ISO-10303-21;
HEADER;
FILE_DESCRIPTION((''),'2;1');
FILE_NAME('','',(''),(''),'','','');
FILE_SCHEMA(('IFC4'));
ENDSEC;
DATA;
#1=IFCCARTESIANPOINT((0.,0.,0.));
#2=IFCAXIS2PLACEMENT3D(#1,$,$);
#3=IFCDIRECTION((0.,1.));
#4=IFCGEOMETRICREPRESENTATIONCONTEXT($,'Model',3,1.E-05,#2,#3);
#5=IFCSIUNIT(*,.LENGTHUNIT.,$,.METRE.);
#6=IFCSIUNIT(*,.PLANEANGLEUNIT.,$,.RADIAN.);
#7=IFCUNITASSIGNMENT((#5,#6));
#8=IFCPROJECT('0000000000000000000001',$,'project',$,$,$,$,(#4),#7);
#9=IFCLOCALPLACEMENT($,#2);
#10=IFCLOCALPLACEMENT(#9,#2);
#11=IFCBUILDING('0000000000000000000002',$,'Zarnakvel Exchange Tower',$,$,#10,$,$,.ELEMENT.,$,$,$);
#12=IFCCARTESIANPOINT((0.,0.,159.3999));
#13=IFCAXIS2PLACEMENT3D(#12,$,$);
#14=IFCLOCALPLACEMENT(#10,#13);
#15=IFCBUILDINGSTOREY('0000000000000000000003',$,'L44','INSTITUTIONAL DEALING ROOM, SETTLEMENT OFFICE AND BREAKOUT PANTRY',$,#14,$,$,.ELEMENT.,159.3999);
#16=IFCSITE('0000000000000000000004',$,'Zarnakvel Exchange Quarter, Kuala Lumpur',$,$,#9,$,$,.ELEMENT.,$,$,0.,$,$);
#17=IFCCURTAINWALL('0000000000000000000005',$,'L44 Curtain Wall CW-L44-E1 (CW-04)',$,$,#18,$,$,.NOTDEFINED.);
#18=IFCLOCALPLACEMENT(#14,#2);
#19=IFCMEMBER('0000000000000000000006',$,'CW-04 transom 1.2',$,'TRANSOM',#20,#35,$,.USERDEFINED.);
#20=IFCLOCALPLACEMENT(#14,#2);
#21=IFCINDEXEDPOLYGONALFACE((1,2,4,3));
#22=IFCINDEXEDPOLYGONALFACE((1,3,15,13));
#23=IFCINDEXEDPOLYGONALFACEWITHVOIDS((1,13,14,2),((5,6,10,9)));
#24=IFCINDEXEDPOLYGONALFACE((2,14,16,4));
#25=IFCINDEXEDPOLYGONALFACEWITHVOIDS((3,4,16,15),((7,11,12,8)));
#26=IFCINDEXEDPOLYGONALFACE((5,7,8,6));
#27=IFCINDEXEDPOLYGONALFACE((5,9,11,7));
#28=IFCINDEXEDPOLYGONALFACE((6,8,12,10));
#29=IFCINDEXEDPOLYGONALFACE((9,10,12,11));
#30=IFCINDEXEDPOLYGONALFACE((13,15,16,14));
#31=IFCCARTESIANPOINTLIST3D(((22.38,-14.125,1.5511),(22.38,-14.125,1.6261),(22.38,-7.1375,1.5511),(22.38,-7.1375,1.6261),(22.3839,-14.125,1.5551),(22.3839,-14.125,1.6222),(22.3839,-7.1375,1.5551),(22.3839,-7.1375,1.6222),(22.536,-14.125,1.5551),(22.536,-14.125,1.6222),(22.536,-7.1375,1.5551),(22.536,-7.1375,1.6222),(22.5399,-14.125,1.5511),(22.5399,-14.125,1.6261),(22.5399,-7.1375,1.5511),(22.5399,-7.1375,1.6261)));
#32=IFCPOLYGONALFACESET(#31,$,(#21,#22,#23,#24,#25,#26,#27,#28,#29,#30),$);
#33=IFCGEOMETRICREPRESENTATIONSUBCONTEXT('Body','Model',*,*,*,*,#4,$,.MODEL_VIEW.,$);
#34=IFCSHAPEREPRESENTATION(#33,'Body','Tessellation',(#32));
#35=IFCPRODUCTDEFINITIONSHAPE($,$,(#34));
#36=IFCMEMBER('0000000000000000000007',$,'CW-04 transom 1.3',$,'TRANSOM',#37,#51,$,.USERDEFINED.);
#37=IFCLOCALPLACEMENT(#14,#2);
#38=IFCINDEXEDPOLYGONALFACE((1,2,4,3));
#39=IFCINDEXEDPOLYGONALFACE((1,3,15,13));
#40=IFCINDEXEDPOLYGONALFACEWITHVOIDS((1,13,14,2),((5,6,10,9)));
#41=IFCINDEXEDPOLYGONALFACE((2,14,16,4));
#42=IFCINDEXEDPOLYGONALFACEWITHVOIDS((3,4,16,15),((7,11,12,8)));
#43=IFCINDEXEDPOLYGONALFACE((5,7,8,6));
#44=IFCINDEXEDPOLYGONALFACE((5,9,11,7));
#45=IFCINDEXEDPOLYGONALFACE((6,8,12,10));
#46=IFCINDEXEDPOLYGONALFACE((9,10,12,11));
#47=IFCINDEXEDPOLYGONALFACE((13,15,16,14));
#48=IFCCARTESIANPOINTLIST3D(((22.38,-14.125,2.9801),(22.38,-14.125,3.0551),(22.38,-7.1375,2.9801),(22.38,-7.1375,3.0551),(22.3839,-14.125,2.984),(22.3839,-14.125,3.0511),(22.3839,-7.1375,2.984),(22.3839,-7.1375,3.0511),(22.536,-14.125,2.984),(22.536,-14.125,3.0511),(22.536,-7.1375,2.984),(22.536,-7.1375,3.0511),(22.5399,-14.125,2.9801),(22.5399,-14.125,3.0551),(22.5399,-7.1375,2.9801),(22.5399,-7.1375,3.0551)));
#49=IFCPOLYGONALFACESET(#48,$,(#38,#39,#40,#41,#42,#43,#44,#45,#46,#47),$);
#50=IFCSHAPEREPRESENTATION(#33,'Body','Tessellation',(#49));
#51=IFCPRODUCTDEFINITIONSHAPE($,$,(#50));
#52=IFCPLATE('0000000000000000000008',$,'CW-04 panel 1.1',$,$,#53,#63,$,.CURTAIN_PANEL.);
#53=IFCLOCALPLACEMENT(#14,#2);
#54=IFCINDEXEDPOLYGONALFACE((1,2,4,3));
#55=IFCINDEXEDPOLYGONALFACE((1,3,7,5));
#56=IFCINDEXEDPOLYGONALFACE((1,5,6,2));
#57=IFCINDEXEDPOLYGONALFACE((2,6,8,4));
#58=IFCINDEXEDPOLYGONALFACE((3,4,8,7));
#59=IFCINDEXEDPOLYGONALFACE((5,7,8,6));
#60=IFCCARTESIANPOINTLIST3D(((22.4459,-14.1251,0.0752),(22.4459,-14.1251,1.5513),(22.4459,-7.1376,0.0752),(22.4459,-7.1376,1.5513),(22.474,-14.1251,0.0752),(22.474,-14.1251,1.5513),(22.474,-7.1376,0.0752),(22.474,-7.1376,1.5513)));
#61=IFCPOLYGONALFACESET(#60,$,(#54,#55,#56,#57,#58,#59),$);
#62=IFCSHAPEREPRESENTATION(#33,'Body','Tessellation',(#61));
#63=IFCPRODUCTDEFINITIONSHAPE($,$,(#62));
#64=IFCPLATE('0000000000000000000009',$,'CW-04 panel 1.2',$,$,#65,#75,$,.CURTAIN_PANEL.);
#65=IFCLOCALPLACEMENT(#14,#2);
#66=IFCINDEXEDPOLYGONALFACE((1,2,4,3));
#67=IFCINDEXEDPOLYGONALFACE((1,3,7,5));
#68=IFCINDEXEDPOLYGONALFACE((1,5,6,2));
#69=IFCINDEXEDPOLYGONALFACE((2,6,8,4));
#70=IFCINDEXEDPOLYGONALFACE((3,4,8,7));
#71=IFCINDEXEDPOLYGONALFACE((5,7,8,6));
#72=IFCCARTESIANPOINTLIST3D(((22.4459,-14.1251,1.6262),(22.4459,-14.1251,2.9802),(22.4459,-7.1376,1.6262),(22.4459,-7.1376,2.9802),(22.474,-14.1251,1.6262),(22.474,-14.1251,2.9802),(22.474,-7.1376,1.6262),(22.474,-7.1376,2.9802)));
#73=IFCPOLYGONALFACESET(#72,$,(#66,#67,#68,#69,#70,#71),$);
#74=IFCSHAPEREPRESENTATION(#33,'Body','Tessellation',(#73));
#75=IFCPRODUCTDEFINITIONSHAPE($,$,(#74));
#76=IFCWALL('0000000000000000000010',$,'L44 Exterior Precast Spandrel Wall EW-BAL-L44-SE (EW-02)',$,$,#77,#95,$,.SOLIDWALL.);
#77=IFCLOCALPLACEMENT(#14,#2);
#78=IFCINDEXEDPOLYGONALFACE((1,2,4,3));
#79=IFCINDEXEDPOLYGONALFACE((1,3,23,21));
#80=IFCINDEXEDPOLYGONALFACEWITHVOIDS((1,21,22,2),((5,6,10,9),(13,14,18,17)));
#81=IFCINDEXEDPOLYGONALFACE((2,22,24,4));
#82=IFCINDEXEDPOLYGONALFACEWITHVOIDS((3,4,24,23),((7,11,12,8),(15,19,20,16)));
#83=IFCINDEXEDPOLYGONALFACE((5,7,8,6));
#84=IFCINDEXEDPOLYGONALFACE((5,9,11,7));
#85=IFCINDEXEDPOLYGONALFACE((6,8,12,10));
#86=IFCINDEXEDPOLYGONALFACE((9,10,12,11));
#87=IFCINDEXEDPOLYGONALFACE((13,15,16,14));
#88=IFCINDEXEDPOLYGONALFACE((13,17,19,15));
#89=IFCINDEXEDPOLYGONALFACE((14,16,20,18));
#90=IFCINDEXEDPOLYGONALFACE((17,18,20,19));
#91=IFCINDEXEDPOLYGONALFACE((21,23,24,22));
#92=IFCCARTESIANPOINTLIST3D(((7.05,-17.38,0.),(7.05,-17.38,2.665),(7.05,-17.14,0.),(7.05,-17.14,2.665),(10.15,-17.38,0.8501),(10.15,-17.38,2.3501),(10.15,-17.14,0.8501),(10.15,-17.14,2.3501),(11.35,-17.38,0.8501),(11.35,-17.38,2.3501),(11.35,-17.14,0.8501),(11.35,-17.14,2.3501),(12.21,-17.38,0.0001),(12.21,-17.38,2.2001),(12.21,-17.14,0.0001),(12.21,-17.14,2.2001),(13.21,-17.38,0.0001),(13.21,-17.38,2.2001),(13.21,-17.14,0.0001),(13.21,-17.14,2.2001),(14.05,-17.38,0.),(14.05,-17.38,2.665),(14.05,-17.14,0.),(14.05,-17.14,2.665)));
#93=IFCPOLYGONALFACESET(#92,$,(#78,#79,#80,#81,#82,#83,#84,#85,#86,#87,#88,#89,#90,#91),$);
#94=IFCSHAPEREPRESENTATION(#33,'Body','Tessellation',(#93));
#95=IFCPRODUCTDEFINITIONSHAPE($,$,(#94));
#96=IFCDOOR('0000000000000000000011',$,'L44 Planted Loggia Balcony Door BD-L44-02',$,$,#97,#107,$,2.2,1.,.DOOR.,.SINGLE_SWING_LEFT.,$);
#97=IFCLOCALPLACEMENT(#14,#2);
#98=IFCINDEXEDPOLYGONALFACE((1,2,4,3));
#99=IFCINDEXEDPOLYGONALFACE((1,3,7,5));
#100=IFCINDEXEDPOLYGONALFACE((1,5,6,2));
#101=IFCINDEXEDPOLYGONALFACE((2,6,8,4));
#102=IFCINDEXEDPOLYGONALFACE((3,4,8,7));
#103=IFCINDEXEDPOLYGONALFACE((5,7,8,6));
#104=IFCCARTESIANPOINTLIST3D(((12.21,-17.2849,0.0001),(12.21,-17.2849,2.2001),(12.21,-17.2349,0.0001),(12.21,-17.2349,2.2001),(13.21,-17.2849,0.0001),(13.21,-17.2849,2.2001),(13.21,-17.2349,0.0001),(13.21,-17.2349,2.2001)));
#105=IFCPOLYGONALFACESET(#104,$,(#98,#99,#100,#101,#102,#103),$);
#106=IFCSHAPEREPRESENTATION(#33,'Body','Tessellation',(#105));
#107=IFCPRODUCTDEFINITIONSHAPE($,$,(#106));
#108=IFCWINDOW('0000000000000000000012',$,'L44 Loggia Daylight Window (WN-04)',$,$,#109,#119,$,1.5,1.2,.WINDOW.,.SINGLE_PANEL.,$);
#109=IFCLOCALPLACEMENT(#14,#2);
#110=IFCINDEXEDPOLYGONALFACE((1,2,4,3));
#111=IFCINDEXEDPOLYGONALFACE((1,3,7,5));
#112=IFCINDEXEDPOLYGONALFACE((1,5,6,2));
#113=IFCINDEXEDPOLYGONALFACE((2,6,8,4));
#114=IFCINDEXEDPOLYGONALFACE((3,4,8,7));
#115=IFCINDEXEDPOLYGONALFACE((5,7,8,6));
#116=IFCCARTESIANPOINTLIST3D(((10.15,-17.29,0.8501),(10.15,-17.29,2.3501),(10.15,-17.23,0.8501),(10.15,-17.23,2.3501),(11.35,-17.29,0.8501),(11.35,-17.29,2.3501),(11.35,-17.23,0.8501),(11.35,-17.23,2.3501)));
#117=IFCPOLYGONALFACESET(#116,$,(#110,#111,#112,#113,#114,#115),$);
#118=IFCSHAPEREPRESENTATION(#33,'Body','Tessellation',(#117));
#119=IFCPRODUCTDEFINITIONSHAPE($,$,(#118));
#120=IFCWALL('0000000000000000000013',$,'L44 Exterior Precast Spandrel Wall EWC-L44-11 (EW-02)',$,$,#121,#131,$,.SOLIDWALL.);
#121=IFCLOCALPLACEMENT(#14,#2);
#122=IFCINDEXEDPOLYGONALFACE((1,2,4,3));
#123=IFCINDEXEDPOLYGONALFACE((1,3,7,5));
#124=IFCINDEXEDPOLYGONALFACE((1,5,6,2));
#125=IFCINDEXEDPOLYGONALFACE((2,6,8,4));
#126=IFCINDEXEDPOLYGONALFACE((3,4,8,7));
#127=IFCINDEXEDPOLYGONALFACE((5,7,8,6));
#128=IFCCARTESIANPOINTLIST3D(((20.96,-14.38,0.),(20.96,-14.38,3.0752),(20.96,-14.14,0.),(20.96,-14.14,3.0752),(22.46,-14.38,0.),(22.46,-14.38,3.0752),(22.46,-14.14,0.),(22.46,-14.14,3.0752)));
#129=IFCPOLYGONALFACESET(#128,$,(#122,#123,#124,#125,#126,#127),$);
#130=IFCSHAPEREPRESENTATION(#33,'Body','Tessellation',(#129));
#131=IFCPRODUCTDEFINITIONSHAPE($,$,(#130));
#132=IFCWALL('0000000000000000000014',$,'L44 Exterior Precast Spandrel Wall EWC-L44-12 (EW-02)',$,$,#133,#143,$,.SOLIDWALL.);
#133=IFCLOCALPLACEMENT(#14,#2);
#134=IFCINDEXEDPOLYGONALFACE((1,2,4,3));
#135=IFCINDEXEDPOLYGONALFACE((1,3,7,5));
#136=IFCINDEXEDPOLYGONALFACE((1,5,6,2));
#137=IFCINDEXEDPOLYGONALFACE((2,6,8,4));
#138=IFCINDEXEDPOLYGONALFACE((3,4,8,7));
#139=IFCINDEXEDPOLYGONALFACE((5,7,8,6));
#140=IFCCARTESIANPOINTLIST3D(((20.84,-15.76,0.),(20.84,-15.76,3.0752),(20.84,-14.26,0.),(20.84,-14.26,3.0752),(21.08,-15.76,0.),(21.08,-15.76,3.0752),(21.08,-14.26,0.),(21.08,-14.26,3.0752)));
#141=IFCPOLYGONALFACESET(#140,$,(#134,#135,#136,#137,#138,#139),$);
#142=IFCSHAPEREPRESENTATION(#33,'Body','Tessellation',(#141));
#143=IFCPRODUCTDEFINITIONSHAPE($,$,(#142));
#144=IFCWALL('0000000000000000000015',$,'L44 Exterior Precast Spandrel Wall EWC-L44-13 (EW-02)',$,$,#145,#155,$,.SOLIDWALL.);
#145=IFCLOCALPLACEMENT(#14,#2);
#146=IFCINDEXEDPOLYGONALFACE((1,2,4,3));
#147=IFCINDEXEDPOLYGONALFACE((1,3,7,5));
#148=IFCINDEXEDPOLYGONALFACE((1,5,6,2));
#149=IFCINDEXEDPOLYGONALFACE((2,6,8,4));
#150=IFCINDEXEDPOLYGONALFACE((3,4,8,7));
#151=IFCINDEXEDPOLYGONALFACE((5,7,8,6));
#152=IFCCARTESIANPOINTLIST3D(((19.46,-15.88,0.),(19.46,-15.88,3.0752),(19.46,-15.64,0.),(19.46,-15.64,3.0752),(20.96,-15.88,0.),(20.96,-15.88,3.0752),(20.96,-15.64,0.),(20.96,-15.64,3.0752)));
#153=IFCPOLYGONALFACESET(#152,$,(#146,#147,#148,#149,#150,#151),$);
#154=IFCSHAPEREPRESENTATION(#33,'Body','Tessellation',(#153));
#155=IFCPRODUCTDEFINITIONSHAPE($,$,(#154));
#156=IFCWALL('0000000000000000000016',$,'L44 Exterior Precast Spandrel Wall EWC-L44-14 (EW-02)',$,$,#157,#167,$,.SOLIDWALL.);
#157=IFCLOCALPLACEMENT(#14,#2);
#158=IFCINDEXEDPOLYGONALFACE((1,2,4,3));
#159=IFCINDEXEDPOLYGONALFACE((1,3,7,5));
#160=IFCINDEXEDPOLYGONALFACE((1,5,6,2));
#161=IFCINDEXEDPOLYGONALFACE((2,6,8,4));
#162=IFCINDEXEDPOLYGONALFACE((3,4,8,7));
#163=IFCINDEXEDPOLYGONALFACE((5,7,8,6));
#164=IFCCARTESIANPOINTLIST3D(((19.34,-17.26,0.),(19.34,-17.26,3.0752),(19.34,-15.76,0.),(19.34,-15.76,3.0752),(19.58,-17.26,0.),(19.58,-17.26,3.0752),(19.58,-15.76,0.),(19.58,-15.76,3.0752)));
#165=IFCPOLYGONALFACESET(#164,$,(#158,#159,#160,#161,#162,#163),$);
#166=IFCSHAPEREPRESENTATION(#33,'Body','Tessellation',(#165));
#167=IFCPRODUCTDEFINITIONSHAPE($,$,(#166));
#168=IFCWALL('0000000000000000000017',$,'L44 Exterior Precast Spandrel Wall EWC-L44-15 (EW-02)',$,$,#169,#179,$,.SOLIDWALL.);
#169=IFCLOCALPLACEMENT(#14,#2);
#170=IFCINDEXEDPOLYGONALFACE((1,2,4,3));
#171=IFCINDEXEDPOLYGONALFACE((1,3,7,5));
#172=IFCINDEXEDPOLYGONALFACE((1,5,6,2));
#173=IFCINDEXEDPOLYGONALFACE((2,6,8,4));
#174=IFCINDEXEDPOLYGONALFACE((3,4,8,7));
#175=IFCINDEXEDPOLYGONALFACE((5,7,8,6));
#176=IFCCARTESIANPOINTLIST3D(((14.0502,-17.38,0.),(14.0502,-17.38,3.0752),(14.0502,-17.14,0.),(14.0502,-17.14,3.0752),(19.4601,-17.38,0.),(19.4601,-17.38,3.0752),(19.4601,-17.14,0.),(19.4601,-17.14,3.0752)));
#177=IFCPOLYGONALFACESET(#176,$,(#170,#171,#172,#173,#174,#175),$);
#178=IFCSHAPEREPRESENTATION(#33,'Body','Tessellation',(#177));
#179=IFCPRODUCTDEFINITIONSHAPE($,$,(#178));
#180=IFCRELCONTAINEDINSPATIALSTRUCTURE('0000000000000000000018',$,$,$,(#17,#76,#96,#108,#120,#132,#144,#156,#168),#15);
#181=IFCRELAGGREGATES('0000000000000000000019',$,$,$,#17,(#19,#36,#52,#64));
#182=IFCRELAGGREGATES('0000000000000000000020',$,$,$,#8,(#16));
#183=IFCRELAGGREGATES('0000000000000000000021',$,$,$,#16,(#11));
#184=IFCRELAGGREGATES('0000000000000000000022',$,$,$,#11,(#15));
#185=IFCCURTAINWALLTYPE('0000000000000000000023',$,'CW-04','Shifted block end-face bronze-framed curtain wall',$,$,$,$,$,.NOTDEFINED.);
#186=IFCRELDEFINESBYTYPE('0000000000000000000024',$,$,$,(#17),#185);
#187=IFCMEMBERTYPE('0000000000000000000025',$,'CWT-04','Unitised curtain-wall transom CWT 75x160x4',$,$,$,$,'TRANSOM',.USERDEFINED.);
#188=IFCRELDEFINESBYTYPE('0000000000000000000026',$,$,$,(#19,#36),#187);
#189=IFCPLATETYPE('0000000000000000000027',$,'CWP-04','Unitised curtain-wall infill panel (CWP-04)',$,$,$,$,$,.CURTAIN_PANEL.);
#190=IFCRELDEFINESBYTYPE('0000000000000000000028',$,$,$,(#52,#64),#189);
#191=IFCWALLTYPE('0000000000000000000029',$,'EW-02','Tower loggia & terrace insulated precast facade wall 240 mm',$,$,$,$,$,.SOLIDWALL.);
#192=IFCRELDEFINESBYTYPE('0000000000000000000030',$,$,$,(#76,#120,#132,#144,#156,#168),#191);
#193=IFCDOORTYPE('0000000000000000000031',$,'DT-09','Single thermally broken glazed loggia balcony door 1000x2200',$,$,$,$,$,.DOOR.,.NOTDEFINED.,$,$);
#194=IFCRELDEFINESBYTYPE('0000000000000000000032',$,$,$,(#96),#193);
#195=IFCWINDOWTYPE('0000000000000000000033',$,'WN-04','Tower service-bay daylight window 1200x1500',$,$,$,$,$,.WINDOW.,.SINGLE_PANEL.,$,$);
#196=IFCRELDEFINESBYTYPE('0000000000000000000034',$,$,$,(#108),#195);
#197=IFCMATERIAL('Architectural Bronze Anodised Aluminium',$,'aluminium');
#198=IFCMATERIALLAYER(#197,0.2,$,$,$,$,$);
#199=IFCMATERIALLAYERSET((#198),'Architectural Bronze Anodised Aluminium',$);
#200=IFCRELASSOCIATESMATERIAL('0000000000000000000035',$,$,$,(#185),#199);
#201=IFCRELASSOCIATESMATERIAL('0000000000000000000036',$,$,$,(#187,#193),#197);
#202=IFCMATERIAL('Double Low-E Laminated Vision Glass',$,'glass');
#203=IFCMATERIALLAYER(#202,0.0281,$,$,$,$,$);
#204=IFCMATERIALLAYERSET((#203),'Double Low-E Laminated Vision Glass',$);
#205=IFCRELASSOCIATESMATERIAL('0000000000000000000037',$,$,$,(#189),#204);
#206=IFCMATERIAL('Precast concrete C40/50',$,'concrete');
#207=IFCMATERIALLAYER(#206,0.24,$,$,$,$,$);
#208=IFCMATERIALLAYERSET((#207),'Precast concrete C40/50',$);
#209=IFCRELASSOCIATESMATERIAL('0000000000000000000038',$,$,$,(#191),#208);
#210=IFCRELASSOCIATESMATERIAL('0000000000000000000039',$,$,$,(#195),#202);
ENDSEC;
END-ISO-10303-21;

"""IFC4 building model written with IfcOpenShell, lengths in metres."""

from ifc_helpers import new_model, si_unit, direction, frame, frame_2d, origin, origin_2d, place, context, subcontext, project, spatial, rectangle, hollow_rectangle, extrude, source, transform, mapped, material, layer, layer_set, material_profile, profile_set, type_object, element, fill, aggregate, save


model = new_model("IFC4")

# Units and contexts
model_context = context("Model", 3, precision=1e-05, world=origin(), true_north=direction((0.0, 1.0)))
body_context = subcontext(model_context, "Body", "Model", "MODEL_VIEW")
ifc_project = project(units=[si_unit("LENGTHUNIT", "METRE"), si_unit("PLANEANGLEUNIT", "RADIAN")], contexts=[model_context])

# Site, building, storey
site_placement = place(None, origin())
site = spatial("IfcSite", under=ifc_project, at=site_placement, Name="Zarnakvel Exchange Quarter, Kuala Lumpur", CompositionType="ELEMENT", RefElevation=0.0)
building_placement = place(site_placement, origin())
building = spatial("IfcBuilding", under=site, at=building_placement, Name="Zarnakvel Exchange Tower", CompositionType="ELEMENT")
storey_placement = place(building_placement, frame((0.0, 0.0, 159.3999)))
storey = spatial("IfcBuildingStorey", under=building, at=storey_placement, Name="L44", Description="INSTITUTIONAL DEALING ROOM, SETTLEMENT OFFICE AND BREAKOUT PANTRY", CompositionType="ELEMENT", Elevation=159.3999)

# Curtain wall, members, plates
ifc_material_1 = material(Name="Architectural Bronze Anodised Aluminium", Category="aluminium")
ifc_layer_1 = layer(ifc_material_1, 0.2)
ifc_layer_set_1 = layer_set([ifc_layer_1], Name="Architectural Bronze Anodised Aluminium")
curtain_wall_type = type_object("IfcCurtainWallType", Name="CW-04", Description="Shifted block end-face bronze-framed curtain wall", PredefinedType="NOTDEFINED", material=ifc_layer_set_1)
curtain_wall_placement = place(storey_placement, origin())
curtain_wall = element("IfcCurtainWall", 1, at=curtain_wall_placement, inside=storey, type_object=curtain_wall_type, Name="L44 Curtain Wall CW-L44-E1 (CW-04)", PredefinedType="NOTDEFINED")
ifc_material_profile_1 = material_profile(ifc_material_1, hollow_rectangle(XDim=0.1599, YDim=0.075, WallThickness=0.0039, at=origin_2d()))
ifc_profile_set_1 = profile_set([ifc_material_profile_1], Name="Architectural Bronze Anodised Aluminium")
member_type_1 = type_object("IfcMemberType", Name="CWT-04", Description="Unitised curtain-wall transom CWT 75x160x4", ElementType="TRANSOM", PredefinedType="USERDEFINED", material=ifc_profile_set_1)
shared_shape_1 = source(origin(), body_context, "Body", "SweptSolid", [
    extrude(hollow_rectangle(XDim=0.1599, YDim=0.075, WallThickness=0.0039, at=origin_2d()), origin(), (0.0, 0.0, 1.0), 6.9875),
])
member_1_placement = place(storey_placement, frame((22.46, -14.125, 1.5886), z_axis=(0.0, 1.0, 0.0), x_axis=(-1.0, 0.0, 0.0)))
member_1 = element("IfcMember", 2, at=member_1_placement, type_object=member_type_1, Name="CW-04 transom 1.2", ObjectType="TRANSOM", PredefinedType="USERDEFINED", context=body_context, shape_type="MappedRepresentation", body=[
    mapped(shared_shape_1, transform((0.0, 0.0, 0.0), x_axis=(1.0, 0.0, 0.0), y_axis=(0.0, 1.0, 0.0), z_axis=(0.0, 0.0, 1.0), scale=1.0)),
])
member_2_placement = place(storey_placement, frame((22.46, -14.125, 3.0176), z_axis=(0.0, 1.0, 0.0), x_axis=(-1.0, 0.0, 0.0)))
member_2 = element("IfcMember", 3, at=member_2_placement, type_object=member_type_1, Name="CW-04 transom 1.3", ObjectType="TRANSOM", PredefinedType="USERDEFINED", context=body_context, shape_type="MappedRepresentation", body=[
    mapped(shared_shape_1, transform((0.0, 0.0, 0.0), x_axis=(1.0, 0.0, 0.0), y_axis=(0.0, 1.0, 0.0), z_axis=(0.0, 0.0, 1.0), scale=1.0)),
])
ifc_material_2 = material(Name="Double Low-E Laminated Vision Glass", Category="glass")
ifc_layer_2 = layer(ifc_material_2, 0.0281)
ifc_layer_set_2 = layer_set([ifc_layer_2], Name="Double Low-E Laminated Vision Glass")
plate_type = type_object("IfcPlateType", Name="CWP-04", Description="Unitised curtain-wall infill panel (CWP-04)", PredefinedType="CURTAIN_PANEL", material=ifc_layer_set_2)
shared_shape_2 = source(origin(), body_context, "Body", "SweptSolid", [
    extrude(rectangle(XDim=6.9875, YDim=0.0281, at=origin_2d()), origin(), (0.0, 0.0, 1.0), 1.4761),
])
plate_1_placement = place(storey_placement, frame((22.46, -10.6313, 0.0752), z_axis=(0.0, 0.0, 1.0), x_axis=(0.0, 1.0, 0.0)))
plate_1 = element("IfcPlate", 4, at=plate_1_placement, type_object=plate_type, Name="CW-04 panel 1.1", PredefinedType="CURTAIN_PANEL", context=body_context, shape_type="MappedRepresentation", body=[
    mapped(shared_shape_2, transform((0.0, 0.0, 0.0), x_axis=(1.0, 0.0, 0.0), y_axis=(0.0, 1.0, 0.0), z_axis=(0.0, 0.0, 1.0), scale=1.0)),
])
shared_shape_3 = source(origin(), body_context, "Body", "SweptSolid", [
    extrude(rectangle(XDim=6.9875, YDim=0.0281, at=origin_2d()), origin(), (0.0, 0.0, 1.0), 1.354),
])
plate_2_placement = place(storey_placement, frame((22.46, -10.6313, 1.6262), z_axis=(0.0, 0.0, 1.0), x_axis=(0.0, 1.0, 0.0)))
plate_2 = element("IfcPlate", 5, at=plate_2_placement, type_object=plate_type, Name="CW-04 panel 1.2", PredefinedType="CURTAIN_PANEL", context=body_context, shape_type="MappedRepresentation", body=[
    mapped(shared_shape_3, transform((0.0, 0.0, 0.0), x_axis=(1.0, 0.0, 0.0), y_axis=(0.0, 1.0, 0.0), z_axis=(0.0, 0.0, 1.0), scale=1.0)),
])
aggregate(curtain_wall, [member_1, member_2, plate_1, plate_2])

# Wall, openings, door, window
ifc_material_3 = material(Name="Precast concrete C40/50", Category="concrete")
ifc_layer_3 = layer(ifc_material_3, 0.24)
ifc_layer_set_3 = layer_set([ifc_layer_3], Name="Precast concrete C40/50")
wall_type_1 = type_object("IfcWallType", Name="EW-02", Description="Tower loggia & terrace insulated precast facade wall 240 mm", PredefinedType="SOLIDWALL", material=ifc_layer_set_3)
wall_1_placement = place(storey_placement, frame((14.05, -17.26, 0.0), z_axis=(0.0, 0.0, 1.0), x_axis=(-1.0, 0.0, 0.0)))
wall_1 = element("IfcWall", 6, at=wall_1_placement, inside=storey, type_object=wall_type_1, Name="L44 Exterior Precast Spandrel Wall EW-BAL-L44-SE (EW-02)", PredefinedType="SOLIDWALL", context=body_context, shape_type="SweptSolid", body=[
    extrude(rectangle(XDim=7.0, YDim=0.24, at=frame_2d((3.5, 0.0))), origin(), (0.0, 0.0, 1.0), 2.665),
])
opening_1_placement = place(wall_1_placement, frame((0.8401, 0.0, 0.0)))
opening_1 = element("IfcOpeningElement", 7, at=opening_1_placement, cuts=wall_1, PredefinedType="OPENING", context=body_context, shape_type="SweptSolid", body=[
    extrude(rectangle(XDim=1.0, YDim=2.2, at=frame_2d((0.5, 1.1001))), frame((0.0, 0.1299, 0.0), z_axis=(0.0, -1.0, 0.0), x_axis=(1.0, 0.0, 0.0)), (0.0, 0.0, 1.0), 0.26),
])
opening_2_placement = place(wall_1_placement, frame((2.7, 0.0, 0.8501)))
opening_2 = element("IfcOpeningElement", 8, at=opening_2_placement, cuts=wall_1, PredefinedType="OPENING", context=body_context, shape_type="SweptSolid", body=[
    extrude(rectangle(XDim=1.2, YDim=1.5, at=frame_2d((0.6001, 0.75))), frame((0.0, 0.1299, 0.0), z_axis=(0.0, -1.0, 0.0), x_axis=(1.0, 0.0, 0.0)), (0.0, 0.0, 1.0), 0.26),
])
door_type = type_object("IfcDoorType", Name="DT-09", Description="Single thermally broken glazed loggia balcony door 1000x2200", OperationType="NOTDEFINED", PredefinedType="DOOR", material=ifc_material_1)
shared_shape_4 = source(origin(), body_context, "Body", "SweptSolid", [
    extrude(rectangle(XDim=1.0, YDim=2.2, at=frame_2d((0.5, 1.1001))), frame((0.0, 0.0249, 0.0), z_axis=(0.0, -1.0, 0.0), x_axis=(1.0, 0.0, 0.0)), (0.0, 0.0, 1.0), 0.05),
])
door_placement = place(opening_1_placement, origin())
door = element("IfcDoor", 9, at=door_placement, inside=storey, type_object=door_type, Name="L44 Planted Loggia Balcony Door BD-L44-02", OperationType="SINGLE_SWING_LEFT", OverallHeight=2.2, OverallWidth=1.0, PredefinedType="DOOR", context=body_context, shape_type="MappedRepresentation", body=[
    mapped(shared_shape_4, transform((0.0, 0.0, 0.0), x_axis=(1.0, 0.0, 0.0), y_axis=(0.0, 1.0, 0.0), z_axis=(0.0, 0.0, 1.0), scale=1.0)),
])
fill(opening_1, door)
window_type = type_object("IfcWindowType", Name="WN-04", Description="Tower service-bay daylight window 1200x1500", PartitioningType="SINGLE_PANEL", PredefinedType="WINDOW", material=ifc_material_2)
shared_shape_5 = source(origin(), body_context, "Body", "SweptSolid", [
    extrude(rectangle(XDim=1.2, YDim=1.5, at=frame_2d((0.6001, 0.75))), frame((0.0, 0.03, 0.0), z_axis=(0.0, -1.0, 0.0), x_axis=(1.0, 0.0, 0.0)), (0.0, 0.0, 1.0), 0.0601),
])
window_placement = place(opening_2_placement, origin())
window = element("IfcWindow", 10, at=window_placement, inside=storey, type_object=window_type, Name="L44 Loggia Daylight Window (WN-04)", OverallHeight=1.5, OverallWidth=1.2, PartitioningType="SINGLE_PANEL", PredefinedType="WINDOW", context=body_context, shape_type="MappedRepresentation", body=[
    mapped(shared_shape_5, transform((0.0, 0.0, 0.0), x_axis=(1.0, 0.0, 0.0), y_axis=(0.0, 1.0, 0.0), z_axis=(0.0, 0.0, 1.0), scale=1.0)),
])
fill(opening_2, window)

# Walls
for number, where, z_axis, x_axis, name in (
    (11, (20.96, -14.26, 0.0), (0.0, 0.0, 1.0), (1.0, 0.0, 0.0), "L44 Exterior Precast Spandrel Wall EWC-L44-11 (EW-02)"),
    (12, (20.96, -15.76, 0.0), (0.0, 0.0, 1.0), (0.0, 1.0, 0.0), "L44 Exterior Precast Spandrel Wall EWC-L44-12 (EW-02)"),
    (13, (19.46, -15.76, 0.0), (0.0, 0.0, 1.0), (1.0, 0.0, 0.0), "L44 Exterior Precast Spandrel Wall EWC-L44-13 (EW-02)"),
    (14, (19.46, -17.26, 0.0), (0.0, 0.0, 1.0), (0.0, 1.0, 0.0), "L44 Exterior Precast Spandrel Wall EWC-L44-14 (EW-02)"),
):
    element("IfcWall", number, at=place(storey_placement, frame(where, z_axis=z_axis, x_axis=x_axis)), inside=storey, type_object=wall_type_1, Name=name, PredefinedType="SOLIDWALL", context=body_context, shape_type="SweptSolid", body=[
        extrude(rectangle(XDim=1.5, YDim=0.24, at=frame_2d((0.75, 0.0))), origin(), (0.0, 0.0, 1.0), 3.0752),
    ])
wall_2_placement = place(storey_placement, frame((14.05, -17.26, 0.0), z_axis=(0.0, 0.0, 1.0), x_axis=(1.0, 0.0, 0.0)))
element("IfcWall", 15, at=wall_2_placement, inside=storey, type_object=wall_type_1, Name="L44 Exterior Precast Spandrel Wall EWC-L44-15 (EW-02)", PredefinedType="SOLIDWALL", context=body_context, shape_type="SweptSolid", body=[
    extrude(rectangle(XDim=5.4099, YDim=0.24, at=frame_2d((2.7051, 0.0))), origin(), (0.0, 0.0, 1.0), 3.0752),
])

save(model, "model.ifc")
